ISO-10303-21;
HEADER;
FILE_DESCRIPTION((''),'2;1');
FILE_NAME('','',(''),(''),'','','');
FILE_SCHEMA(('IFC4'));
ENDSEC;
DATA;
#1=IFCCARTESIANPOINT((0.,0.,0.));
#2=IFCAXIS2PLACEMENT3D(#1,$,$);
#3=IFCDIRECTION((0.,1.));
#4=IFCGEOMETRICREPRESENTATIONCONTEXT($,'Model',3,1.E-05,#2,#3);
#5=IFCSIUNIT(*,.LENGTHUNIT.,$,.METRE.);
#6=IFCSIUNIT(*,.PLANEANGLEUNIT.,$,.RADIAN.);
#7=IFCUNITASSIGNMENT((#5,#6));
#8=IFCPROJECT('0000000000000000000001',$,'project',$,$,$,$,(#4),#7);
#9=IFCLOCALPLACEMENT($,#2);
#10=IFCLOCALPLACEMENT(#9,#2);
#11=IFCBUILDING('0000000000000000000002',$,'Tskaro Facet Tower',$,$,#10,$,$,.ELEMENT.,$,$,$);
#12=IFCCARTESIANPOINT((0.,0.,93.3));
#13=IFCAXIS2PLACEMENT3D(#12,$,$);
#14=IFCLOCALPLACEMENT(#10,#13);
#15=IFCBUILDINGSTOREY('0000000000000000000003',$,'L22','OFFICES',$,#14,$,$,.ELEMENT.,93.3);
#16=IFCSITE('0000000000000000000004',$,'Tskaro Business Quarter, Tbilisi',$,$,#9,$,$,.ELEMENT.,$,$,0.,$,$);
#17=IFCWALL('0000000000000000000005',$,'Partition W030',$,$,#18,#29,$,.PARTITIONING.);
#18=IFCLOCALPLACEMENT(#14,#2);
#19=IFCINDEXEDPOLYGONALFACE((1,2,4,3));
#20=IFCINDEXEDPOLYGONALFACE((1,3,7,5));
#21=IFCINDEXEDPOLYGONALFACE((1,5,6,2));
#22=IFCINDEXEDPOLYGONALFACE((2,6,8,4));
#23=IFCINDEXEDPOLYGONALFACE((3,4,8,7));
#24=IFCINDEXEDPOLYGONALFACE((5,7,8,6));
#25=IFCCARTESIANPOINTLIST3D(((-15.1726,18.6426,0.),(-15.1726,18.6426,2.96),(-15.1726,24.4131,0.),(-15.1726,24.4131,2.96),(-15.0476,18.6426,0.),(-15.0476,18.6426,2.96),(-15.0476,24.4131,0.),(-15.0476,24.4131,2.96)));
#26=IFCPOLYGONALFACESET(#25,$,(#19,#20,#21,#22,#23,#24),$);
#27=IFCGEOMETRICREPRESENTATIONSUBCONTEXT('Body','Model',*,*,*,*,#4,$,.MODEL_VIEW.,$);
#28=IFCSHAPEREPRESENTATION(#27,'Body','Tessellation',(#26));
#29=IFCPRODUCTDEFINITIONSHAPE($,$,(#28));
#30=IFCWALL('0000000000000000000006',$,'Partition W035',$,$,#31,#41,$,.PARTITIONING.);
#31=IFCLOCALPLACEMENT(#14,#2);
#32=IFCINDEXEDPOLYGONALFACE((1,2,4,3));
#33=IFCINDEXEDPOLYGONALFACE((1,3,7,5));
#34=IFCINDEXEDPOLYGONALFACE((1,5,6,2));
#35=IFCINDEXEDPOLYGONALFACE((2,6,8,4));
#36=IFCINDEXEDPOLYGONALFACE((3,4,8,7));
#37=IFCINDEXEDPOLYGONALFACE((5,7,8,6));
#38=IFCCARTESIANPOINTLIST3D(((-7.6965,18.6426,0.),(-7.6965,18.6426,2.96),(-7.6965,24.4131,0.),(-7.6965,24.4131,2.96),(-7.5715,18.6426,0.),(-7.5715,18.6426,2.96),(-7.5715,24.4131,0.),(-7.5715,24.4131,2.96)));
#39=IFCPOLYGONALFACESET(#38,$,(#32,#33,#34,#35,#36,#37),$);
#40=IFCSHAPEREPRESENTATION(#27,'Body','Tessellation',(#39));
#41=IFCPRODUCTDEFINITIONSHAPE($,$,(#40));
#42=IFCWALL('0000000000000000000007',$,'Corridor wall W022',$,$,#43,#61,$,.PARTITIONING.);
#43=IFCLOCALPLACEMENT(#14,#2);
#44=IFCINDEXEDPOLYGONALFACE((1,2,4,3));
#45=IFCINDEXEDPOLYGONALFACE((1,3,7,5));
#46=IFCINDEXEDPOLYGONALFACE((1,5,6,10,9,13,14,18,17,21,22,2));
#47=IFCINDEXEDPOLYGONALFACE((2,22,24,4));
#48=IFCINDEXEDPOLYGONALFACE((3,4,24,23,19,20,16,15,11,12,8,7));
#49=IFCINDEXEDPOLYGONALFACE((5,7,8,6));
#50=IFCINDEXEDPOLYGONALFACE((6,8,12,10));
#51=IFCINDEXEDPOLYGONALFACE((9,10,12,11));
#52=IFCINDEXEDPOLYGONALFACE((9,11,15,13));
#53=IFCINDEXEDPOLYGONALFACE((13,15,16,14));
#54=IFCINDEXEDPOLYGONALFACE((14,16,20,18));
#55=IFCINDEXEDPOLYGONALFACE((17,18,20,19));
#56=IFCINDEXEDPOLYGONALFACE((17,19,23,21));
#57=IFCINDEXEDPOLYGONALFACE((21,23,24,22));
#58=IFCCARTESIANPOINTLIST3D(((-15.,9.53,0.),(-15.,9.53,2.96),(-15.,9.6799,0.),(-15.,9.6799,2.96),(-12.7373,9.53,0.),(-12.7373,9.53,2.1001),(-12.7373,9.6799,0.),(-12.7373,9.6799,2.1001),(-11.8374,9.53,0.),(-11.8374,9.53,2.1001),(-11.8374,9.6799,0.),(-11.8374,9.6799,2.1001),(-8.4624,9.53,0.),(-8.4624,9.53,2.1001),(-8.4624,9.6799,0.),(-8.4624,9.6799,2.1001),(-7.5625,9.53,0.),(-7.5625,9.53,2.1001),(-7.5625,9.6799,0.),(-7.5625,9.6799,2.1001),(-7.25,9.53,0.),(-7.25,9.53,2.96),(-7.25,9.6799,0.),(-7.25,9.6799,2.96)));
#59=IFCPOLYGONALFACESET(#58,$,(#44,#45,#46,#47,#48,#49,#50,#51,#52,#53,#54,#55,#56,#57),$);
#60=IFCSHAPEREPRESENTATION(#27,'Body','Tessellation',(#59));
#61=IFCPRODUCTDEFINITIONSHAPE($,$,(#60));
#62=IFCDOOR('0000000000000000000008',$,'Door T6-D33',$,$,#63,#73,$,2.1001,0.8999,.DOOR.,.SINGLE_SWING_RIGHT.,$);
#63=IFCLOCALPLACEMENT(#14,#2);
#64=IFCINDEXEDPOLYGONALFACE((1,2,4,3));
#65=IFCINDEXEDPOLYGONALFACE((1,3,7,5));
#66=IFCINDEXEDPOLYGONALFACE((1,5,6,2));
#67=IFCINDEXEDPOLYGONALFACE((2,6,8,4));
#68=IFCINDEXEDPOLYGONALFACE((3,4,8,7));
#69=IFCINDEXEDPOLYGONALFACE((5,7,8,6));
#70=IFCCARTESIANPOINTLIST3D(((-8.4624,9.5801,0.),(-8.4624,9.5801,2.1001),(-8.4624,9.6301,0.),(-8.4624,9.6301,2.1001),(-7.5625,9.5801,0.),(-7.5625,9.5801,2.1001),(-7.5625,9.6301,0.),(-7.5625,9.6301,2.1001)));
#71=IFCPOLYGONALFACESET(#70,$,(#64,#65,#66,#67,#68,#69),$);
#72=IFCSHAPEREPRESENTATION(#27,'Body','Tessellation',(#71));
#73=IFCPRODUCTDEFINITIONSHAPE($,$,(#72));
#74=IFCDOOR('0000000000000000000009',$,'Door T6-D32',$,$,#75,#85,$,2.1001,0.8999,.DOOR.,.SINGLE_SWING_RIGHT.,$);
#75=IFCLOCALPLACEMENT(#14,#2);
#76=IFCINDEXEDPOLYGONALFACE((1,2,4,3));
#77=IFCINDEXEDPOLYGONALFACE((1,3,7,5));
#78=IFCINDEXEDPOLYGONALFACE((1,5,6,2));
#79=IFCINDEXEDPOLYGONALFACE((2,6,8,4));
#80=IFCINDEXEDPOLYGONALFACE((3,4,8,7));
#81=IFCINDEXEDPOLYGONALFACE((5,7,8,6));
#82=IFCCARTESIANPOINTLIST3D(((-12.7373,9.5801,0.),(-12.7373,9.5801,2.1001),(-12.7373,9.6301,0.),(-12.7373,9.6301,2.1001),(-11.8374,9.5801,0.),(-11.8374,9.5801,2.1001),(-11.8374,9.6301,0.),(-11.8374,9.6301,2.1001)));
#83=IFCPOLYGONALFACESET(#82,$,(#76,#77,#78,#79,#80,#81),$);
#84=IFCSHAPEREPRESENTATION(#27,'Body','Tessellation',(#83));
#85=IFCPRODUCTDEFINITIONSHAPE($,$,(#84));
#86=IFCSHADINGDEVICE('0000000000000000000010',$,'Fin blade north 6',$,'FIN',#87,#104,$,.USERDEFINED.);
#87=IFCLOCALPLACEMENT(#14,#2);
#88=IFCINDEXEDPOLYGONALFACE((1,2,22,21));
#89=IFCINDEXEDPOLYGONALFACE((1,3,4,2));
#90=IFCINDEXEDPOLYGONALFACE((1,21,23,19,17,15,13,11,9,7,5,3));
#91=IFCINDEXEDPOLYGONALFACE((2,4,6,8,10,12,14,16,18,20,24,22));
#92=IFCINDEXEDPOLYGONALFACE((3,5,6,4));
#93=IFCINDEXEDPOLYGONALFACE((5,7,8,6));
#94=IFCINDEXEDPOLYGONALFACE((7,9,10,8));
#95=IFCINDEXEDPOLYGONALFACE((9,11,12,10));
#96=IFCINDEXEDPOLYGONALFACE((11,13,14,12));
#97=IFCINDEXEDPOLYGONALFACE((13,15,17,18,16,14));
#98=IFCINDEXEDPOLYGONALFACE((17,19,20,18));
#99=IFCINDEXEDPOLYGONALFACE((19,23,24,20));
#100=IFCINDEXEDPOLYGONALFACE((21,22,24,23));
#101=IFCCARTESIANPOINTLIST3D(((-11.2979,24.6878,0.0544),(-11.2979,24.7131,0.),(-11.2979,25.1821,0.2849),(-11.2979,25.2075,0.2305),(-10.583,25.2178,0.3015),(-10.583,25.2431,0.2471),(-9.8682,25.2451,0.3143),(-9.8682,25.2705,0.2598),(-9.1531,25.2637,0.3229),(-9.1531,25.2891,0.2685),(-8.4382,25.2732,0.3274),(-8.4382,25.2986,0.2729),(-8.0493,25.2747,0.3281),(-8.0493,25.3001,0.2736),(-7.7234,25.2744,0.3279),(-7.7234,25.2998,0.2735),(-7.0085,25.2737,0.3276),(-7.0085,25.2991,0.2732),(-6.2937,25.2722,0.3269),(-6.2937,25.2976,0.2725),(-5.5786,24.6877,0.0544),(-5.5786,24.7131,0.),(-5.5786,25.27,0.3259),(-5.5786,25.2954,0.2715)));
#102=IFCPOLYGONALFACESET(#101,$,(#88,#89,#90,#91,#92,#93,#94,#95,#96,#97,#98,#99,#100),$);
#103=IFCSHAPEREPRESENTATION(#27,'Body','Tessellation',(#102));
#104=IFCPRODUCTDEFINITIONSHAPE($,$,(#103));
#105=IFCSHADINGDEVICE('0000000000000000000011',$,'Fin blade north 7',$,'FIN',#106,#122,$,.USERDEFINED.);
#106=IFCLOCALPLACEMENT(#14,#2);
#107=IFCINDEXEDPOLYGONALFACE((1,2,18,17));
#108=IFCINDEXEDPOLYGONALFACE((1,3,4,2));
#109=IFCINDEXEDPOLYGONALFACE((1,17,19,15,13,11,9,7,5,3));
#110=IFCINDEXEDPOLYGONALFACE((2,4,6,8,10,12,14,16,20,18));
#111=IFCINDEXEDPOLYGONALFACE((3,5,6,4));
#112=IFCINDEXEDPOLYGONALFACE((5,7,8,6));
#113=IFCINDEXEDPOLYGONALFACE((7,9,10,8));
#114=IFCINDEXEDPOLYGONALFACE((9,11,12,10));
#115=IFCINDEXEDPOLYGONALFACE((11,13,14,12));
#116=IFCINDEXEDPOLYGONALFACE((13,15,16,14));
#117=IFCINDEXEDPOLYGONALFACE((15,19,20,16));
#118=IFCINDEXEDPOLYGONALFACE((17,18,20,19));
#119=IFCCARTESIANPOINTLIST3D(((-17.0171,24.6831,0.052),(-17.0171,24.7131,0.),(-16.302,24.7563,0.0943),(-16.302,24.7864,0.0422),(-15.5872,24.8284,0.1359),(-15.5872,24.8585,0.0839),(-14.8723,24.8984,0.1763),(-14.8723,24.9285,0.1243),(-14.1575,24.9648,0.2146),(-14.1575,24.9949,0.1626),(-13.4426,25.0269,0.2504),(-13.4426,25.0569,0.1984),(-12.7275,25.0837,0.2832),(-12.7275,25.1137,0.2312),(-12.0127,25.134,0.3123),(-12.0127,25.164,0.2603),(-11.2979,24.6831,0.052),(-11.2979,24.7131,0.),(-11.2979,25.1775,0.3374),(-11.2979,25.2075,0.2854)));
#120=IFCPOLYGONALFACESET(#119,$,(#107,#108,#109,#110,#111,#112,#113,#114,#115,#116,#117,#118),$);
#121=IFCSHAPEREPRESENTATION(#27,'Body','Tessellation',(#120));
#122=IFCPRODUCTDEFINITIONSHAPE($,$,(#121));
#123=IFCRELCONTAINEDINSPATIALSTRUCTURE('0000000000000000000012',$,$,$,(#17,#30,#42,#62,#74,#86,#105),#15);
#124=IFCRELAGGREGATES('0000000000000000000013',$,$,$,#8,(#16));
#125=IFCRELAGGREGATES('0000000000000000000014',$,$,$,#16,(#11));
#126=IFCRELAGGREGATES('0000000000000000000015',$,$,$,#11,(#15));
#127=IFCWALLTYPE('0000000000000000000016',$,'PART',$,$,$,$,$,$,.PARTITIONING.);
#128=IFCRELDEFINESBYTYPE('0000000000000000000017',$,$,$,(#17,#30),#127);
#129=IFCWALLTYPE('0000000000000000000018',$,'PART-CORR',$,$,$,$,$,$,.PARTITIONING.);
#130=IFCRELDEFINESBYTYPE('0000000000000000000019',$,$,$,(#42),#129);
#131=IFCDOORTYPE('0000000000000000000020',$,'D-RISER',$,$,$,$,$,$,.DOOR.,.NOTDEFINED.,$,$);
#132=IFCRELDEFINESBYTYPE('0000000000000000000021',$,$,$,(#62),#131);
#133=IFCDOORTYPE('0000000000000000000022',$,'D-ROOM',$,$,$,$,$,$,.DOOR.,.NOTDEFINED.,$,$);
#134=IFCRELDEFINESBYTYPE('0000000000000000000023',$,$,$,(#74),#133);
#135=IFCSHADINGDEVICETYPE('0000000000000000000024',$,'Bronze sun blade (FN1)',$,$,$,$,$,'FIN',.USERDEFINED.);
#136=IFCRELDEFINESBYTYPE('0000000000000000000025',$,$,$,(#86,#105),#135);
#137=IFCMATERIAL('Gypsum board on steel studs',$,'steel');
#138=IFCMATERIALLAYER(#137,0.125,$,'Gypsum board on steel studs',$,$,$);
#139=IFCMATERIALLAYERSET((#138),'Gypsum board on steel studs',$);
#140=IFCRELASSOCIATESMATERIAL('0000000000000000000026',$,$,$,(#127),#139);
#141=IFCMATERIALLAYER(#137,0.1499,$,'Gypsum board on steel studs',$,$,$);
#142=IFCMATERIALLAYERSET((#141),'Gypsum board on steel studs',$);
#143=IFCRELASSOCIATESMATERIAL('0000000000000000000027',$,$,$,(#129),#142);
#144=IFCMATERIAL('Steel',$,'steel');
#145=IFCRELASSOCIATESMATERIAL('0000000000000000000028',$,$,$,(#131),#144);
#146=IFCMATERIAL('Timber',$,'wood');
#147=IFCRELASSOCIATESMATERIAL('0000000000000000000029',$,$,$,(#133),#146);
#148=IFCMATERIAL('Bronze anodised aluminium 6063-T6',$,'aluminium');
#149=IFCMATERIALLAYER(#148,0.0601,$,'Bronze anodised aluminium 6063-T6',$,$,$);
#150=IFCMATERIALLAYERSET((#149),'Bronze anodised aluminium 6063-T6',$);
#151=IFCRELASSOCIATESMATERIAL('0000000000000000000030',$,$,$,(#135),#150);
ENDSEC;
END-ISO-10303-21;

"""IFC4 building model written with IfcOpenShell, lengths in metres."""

from ifc_helpers import new_model, si_unit, direction, frame, frame_2d, origin, place, context, subcontext, project, spatial, polyline, rectangle, outline, extrude, material, layer, layer_set, type_object, element, fill, save


model = new_model("IFC4")

# Units and contexts
model_context = context("Model", 3, precision=1e-05, world=origin(), true_north=direction((0.0, 1.0)))
body_context = subcontext(model_context, "Body", "Model", "MODEL_VIEW")
ifc_project = project(units=[si_unit("LENGTHUNIT", "METRE"), si_unit("PLANEANGLEUNIT", "RADIAN")], contexts=[model_context])

# Site, building, storey
site_placement = place(None, origin())
site = spatial("IfcSite", under=ifc_project, at=site_placement, Name="Tskaro Business Quarter, Tbilisi", CompositionType="ELEMENT", RefElevation=0.0)
building_placement = place(site_placement, origin())
building = spatial("IfcBuilding", under=site, at=building_placement, Name="Tskaro Facet Tower", CompositionType="ELEMENT")
storey_placement = place(building_placement, frame((0.0, 0.0, 93.3)))
storey = spatial("IfcBuildingStorey", under=building, at=storey_placement, Name="L22", Description="OFFICES", CompositionType="ELEMENT", Elevation=93.3)

# Shared definitions
ifc_material_1 = material(Name="Bronze anodised aluminium 6063-T6", Category="aluminium")

# Walls
ifc_material_2 = material(Name="Gypsum board on steel studs", Category="steel")
ifc_layer_1 = layer(ifc_material_2, 0.125, Name="Gypsum board on steel studs")
ifc_layer_set_1 = layer_set([ifc_layer_1], Name="Gypsum board on steel studs")
wall_type_1 = type_object("IfcWallType", Name="PART", PredefinedType="PARTITIONING", material=ifc_layer_set_1)
for number, where, z_axis, x_axis, name in (
    (1, (-15.1101, 18.6426, 0.0), (0.0, 0.0, 1.0), (0.0, 1.0, 0.0), "Partition W030"),
    (2, (-7.634, 18.6426, 0.0), (0.0, 0.0, 1.0), (0.0, 1.0, 0.0), "Partition W035"),
):
    element("IfcWall", number, at=place(storey_placement, frame(where, z_axis=z_axis, x_axis=x_axis)), inside=storey, type_object=wall_type_1, Name=name, PredefinedType="PARTITIONING", context=body_context, shape_type="SweptSolid", body=[
        extrude(rectangle(XDim=5.7705, YDim=0.125, at=frame_2d((2.8853, 0.0))), origin(), (0.0, 0.0, 1.0), 2.96),
    ])

# Wall, openings, doors
ifc_layer_2 = layer(ifc_material_2, 0.1499, Name="Gypsum board on steel studs")
ifc_layer_set_2 = layer_set([ifc_layer_2], Name="Gypsum board on steel studs")
wall_type_2 = type_object("IfcWallType", Name="PART-CORR", PredefinedType="PARTITIONING", material=ifc_layer_set_2)
wall_placement = place(storey_placement, frame((-7.25, 9.605, 0.0), z_axis=(0.0, 0.0, 1.0), x_axis=(-1.0, 0.0, 0.0)))
wall = element("IfcWall", 3, at=wall_placement, inside=storey, type_object=wall_type_2, Name="Corridor wall W022", PredefinedType="PARTITIONING", context=body_context, shape_type="SweptSolid", body=[
    extrude(rectangle(XDim=7.75, YDim=0.1499, at=frame_2d((3.875, 0.0))), origin(), (0.0, 0.0, 1.0), 2.96),
])
opening_1_placement = place(wall_placement, frame((0.3125, 0.0, 0.0)))
opening_1 = element("IfcOpeningElement", 4, at=opening_1_placement, cuts=wall, PredefinedType="OPENING", context=body_context, shape_type="SweptSolid", body=[
    extrude(rectangle(XDim=0.8999, YDim=2.1001, at=frame_2d((0.45, 1.05))), frame((0.0, 0.085, 0.0), z_axis=(0.0, -1.0, 0.0), x_axis=(1.0, 0.0, 0.0)), (0.0, 0.0, 1.0), 0.1699),
])
opening_2_placement = place(wall_placement, frame((4.5874, 0.0, 0.0)))
opening_2 = element("IfcOpeningElement", 5, at=opening_2_placement, cuts=wall, PredefinedType="OPENING", context=body_context, shape_type="SweptSolid", body=[
    extrude(rectangle(XDim=0.8999, YDim=2.1001, at=frame_2d((0.45, 1.05))), frame((0.0, 0.085, 0.0), z_axis=(0.0, -1.0, 0.0), x_axis=(1.0, 0.0, 0.0)), (0.0, 0.0, 1.0), 0.1699),
])
ifc_material_3 = material(Name="Steel", Category="steel")
door_type_1 = type_object("IfcDoorType", Name="D-RISER", OperationType="NOTDEFINED", PredefinedType="DOOR", material=ifc_material_3)
door_1_placement = place(opening_1_placement, origin())
door_1 = element("IfcDoor", 6, at=door_1_placement, inside=storey, type_object=door_type_1, Name="Door T6-D33", OperationType="SINGLE_SWING_RIGHT", OverallHeight=2.1001, OverallWidth=0.8999, PredefinedType="DOOR", context=body_context, shape_type="SweptSolid", body=[
    extrude(rectangle(XDim=0.8999, YDim=2.1001, at=frame_2d((0.45, 1.05))), frame((0.0, 0.0249, 0.0), z_axis=(0.0, -1.0, 0.0), x_axis=(1.0, 0.0, 0.0)), (0.0, 0.0, 1.0), 0.05),
])
fill(opening_1, door_1)
ifc_material_4 = material(Name="Timber", Category="wood")
door_type_2 = type_object("IfcDoorType", Name="D-ROOM", OperationType="NOTDEFINED", PredefinedType="DOOR", material=ifc_material_4)
door_2_placement = place(opening_2_placement, origin())
door_2 = element("IfcDoor", 7, at=door_2_placement, inside=storey, type_object=door_type_2, Name="Door T6-D32", OperationType="SINGLE_SWING_RIGHT", OverallHeight=2.1001, OverallWidth=0.8999, PredefinedType="DOOR", context=body_context, shape_type="SweptSolid", body=[
    extrude(rectangle(XDim=0.8999, YDim=2.1001, at=frame_2d((0.45, 1.05))), frame((0.0, 0.0249, 0.0), z_axis=(0.0, -1.0, 0.0), x_axis=(1.0, 0.0, 0.0)), (0.0, 0.0, 1.0), 0.05),
])
fill(opening_2, door_2)

# Shading devices
ifc_layer_3 = layer(ifc_material_1, 0.0601, Name="Bronze anodised aluminium 6063-T6")
ifc_layer_set_3 = layer_set([ifc_layer_3], Name="Bronze anodised aluminium 6063-T6")
shading_device_type = type_object("IfcShadingDeviceType", Name="Bronze sun blade (FN1)", ElementType="FIN", PredefinedType="USERDEFINED", material=ifc_layer_set_3)
shading_device_1_placement = place(storey_placement, frame((-5.5786, 24.6877, 0.0544), z_axis=(-0.000004, -0.422531, 0.906349), x_axis=(-1.0, 0.000002, -0.000003)))
element("IfcShadingDevice", 8, at=shading_device_1_placement, inside=storey, type_object=shading_device_type, Name="Fin blade north 6", ObjectType="FIN", PredefinedType="USERDEFINED", context=body_context, shape_type="SweptSolid", body=[
    extrude(outline(polyline([(0.0, 0.0), (5.7192, 0.0), (5.7192, -0.5455), (5.0044, -0.5848), (4.2896, -0.6149), (3.5745, -0.6355), (2.8596, -0.646), (2.4707, -0.6476), (2.1448, -0.6473), (1.4299, -0.6465), (0.7151, -0.6449), (0.0, -0.6425), (0.0, 0.0)])), origin(), (0.0, 0.0, -1.0), 0.0601),
])
shading_device_2_placement = place(storey_placement, frame((-11.2979, 24.6831, 0.052), z_axis=(-0.000002, -0.499927, 0.866067), x_axis=(-1.0, 0.000001, -0.000002)))
element("IfcShadingDevice", 9, at=shading_device_2_placement, inside=storey, type_object=shading_device_type, Name="Fin blade north 7", ObjectType="FIN", PredefinedType="USERDEFINED", context=body_context, shape_type="SweptSolid", body=[
    extrude(outline(polyline([(0.0, 0.0), (5.7192, 0.0), (5.0042, -0.0845), (4.2893, -0.1678), (3.5745, -0.2486), (2.8596, -0.3253), (2.1448, -0.3969), (1.4297, -0.4626), (0.7148, -0.5206), (0.0, -0.5708), (0.0, 0.0)])), origin(), (0.0, 0.0, -1.0), 0.0601),
])

save(model, "model.ifc")
